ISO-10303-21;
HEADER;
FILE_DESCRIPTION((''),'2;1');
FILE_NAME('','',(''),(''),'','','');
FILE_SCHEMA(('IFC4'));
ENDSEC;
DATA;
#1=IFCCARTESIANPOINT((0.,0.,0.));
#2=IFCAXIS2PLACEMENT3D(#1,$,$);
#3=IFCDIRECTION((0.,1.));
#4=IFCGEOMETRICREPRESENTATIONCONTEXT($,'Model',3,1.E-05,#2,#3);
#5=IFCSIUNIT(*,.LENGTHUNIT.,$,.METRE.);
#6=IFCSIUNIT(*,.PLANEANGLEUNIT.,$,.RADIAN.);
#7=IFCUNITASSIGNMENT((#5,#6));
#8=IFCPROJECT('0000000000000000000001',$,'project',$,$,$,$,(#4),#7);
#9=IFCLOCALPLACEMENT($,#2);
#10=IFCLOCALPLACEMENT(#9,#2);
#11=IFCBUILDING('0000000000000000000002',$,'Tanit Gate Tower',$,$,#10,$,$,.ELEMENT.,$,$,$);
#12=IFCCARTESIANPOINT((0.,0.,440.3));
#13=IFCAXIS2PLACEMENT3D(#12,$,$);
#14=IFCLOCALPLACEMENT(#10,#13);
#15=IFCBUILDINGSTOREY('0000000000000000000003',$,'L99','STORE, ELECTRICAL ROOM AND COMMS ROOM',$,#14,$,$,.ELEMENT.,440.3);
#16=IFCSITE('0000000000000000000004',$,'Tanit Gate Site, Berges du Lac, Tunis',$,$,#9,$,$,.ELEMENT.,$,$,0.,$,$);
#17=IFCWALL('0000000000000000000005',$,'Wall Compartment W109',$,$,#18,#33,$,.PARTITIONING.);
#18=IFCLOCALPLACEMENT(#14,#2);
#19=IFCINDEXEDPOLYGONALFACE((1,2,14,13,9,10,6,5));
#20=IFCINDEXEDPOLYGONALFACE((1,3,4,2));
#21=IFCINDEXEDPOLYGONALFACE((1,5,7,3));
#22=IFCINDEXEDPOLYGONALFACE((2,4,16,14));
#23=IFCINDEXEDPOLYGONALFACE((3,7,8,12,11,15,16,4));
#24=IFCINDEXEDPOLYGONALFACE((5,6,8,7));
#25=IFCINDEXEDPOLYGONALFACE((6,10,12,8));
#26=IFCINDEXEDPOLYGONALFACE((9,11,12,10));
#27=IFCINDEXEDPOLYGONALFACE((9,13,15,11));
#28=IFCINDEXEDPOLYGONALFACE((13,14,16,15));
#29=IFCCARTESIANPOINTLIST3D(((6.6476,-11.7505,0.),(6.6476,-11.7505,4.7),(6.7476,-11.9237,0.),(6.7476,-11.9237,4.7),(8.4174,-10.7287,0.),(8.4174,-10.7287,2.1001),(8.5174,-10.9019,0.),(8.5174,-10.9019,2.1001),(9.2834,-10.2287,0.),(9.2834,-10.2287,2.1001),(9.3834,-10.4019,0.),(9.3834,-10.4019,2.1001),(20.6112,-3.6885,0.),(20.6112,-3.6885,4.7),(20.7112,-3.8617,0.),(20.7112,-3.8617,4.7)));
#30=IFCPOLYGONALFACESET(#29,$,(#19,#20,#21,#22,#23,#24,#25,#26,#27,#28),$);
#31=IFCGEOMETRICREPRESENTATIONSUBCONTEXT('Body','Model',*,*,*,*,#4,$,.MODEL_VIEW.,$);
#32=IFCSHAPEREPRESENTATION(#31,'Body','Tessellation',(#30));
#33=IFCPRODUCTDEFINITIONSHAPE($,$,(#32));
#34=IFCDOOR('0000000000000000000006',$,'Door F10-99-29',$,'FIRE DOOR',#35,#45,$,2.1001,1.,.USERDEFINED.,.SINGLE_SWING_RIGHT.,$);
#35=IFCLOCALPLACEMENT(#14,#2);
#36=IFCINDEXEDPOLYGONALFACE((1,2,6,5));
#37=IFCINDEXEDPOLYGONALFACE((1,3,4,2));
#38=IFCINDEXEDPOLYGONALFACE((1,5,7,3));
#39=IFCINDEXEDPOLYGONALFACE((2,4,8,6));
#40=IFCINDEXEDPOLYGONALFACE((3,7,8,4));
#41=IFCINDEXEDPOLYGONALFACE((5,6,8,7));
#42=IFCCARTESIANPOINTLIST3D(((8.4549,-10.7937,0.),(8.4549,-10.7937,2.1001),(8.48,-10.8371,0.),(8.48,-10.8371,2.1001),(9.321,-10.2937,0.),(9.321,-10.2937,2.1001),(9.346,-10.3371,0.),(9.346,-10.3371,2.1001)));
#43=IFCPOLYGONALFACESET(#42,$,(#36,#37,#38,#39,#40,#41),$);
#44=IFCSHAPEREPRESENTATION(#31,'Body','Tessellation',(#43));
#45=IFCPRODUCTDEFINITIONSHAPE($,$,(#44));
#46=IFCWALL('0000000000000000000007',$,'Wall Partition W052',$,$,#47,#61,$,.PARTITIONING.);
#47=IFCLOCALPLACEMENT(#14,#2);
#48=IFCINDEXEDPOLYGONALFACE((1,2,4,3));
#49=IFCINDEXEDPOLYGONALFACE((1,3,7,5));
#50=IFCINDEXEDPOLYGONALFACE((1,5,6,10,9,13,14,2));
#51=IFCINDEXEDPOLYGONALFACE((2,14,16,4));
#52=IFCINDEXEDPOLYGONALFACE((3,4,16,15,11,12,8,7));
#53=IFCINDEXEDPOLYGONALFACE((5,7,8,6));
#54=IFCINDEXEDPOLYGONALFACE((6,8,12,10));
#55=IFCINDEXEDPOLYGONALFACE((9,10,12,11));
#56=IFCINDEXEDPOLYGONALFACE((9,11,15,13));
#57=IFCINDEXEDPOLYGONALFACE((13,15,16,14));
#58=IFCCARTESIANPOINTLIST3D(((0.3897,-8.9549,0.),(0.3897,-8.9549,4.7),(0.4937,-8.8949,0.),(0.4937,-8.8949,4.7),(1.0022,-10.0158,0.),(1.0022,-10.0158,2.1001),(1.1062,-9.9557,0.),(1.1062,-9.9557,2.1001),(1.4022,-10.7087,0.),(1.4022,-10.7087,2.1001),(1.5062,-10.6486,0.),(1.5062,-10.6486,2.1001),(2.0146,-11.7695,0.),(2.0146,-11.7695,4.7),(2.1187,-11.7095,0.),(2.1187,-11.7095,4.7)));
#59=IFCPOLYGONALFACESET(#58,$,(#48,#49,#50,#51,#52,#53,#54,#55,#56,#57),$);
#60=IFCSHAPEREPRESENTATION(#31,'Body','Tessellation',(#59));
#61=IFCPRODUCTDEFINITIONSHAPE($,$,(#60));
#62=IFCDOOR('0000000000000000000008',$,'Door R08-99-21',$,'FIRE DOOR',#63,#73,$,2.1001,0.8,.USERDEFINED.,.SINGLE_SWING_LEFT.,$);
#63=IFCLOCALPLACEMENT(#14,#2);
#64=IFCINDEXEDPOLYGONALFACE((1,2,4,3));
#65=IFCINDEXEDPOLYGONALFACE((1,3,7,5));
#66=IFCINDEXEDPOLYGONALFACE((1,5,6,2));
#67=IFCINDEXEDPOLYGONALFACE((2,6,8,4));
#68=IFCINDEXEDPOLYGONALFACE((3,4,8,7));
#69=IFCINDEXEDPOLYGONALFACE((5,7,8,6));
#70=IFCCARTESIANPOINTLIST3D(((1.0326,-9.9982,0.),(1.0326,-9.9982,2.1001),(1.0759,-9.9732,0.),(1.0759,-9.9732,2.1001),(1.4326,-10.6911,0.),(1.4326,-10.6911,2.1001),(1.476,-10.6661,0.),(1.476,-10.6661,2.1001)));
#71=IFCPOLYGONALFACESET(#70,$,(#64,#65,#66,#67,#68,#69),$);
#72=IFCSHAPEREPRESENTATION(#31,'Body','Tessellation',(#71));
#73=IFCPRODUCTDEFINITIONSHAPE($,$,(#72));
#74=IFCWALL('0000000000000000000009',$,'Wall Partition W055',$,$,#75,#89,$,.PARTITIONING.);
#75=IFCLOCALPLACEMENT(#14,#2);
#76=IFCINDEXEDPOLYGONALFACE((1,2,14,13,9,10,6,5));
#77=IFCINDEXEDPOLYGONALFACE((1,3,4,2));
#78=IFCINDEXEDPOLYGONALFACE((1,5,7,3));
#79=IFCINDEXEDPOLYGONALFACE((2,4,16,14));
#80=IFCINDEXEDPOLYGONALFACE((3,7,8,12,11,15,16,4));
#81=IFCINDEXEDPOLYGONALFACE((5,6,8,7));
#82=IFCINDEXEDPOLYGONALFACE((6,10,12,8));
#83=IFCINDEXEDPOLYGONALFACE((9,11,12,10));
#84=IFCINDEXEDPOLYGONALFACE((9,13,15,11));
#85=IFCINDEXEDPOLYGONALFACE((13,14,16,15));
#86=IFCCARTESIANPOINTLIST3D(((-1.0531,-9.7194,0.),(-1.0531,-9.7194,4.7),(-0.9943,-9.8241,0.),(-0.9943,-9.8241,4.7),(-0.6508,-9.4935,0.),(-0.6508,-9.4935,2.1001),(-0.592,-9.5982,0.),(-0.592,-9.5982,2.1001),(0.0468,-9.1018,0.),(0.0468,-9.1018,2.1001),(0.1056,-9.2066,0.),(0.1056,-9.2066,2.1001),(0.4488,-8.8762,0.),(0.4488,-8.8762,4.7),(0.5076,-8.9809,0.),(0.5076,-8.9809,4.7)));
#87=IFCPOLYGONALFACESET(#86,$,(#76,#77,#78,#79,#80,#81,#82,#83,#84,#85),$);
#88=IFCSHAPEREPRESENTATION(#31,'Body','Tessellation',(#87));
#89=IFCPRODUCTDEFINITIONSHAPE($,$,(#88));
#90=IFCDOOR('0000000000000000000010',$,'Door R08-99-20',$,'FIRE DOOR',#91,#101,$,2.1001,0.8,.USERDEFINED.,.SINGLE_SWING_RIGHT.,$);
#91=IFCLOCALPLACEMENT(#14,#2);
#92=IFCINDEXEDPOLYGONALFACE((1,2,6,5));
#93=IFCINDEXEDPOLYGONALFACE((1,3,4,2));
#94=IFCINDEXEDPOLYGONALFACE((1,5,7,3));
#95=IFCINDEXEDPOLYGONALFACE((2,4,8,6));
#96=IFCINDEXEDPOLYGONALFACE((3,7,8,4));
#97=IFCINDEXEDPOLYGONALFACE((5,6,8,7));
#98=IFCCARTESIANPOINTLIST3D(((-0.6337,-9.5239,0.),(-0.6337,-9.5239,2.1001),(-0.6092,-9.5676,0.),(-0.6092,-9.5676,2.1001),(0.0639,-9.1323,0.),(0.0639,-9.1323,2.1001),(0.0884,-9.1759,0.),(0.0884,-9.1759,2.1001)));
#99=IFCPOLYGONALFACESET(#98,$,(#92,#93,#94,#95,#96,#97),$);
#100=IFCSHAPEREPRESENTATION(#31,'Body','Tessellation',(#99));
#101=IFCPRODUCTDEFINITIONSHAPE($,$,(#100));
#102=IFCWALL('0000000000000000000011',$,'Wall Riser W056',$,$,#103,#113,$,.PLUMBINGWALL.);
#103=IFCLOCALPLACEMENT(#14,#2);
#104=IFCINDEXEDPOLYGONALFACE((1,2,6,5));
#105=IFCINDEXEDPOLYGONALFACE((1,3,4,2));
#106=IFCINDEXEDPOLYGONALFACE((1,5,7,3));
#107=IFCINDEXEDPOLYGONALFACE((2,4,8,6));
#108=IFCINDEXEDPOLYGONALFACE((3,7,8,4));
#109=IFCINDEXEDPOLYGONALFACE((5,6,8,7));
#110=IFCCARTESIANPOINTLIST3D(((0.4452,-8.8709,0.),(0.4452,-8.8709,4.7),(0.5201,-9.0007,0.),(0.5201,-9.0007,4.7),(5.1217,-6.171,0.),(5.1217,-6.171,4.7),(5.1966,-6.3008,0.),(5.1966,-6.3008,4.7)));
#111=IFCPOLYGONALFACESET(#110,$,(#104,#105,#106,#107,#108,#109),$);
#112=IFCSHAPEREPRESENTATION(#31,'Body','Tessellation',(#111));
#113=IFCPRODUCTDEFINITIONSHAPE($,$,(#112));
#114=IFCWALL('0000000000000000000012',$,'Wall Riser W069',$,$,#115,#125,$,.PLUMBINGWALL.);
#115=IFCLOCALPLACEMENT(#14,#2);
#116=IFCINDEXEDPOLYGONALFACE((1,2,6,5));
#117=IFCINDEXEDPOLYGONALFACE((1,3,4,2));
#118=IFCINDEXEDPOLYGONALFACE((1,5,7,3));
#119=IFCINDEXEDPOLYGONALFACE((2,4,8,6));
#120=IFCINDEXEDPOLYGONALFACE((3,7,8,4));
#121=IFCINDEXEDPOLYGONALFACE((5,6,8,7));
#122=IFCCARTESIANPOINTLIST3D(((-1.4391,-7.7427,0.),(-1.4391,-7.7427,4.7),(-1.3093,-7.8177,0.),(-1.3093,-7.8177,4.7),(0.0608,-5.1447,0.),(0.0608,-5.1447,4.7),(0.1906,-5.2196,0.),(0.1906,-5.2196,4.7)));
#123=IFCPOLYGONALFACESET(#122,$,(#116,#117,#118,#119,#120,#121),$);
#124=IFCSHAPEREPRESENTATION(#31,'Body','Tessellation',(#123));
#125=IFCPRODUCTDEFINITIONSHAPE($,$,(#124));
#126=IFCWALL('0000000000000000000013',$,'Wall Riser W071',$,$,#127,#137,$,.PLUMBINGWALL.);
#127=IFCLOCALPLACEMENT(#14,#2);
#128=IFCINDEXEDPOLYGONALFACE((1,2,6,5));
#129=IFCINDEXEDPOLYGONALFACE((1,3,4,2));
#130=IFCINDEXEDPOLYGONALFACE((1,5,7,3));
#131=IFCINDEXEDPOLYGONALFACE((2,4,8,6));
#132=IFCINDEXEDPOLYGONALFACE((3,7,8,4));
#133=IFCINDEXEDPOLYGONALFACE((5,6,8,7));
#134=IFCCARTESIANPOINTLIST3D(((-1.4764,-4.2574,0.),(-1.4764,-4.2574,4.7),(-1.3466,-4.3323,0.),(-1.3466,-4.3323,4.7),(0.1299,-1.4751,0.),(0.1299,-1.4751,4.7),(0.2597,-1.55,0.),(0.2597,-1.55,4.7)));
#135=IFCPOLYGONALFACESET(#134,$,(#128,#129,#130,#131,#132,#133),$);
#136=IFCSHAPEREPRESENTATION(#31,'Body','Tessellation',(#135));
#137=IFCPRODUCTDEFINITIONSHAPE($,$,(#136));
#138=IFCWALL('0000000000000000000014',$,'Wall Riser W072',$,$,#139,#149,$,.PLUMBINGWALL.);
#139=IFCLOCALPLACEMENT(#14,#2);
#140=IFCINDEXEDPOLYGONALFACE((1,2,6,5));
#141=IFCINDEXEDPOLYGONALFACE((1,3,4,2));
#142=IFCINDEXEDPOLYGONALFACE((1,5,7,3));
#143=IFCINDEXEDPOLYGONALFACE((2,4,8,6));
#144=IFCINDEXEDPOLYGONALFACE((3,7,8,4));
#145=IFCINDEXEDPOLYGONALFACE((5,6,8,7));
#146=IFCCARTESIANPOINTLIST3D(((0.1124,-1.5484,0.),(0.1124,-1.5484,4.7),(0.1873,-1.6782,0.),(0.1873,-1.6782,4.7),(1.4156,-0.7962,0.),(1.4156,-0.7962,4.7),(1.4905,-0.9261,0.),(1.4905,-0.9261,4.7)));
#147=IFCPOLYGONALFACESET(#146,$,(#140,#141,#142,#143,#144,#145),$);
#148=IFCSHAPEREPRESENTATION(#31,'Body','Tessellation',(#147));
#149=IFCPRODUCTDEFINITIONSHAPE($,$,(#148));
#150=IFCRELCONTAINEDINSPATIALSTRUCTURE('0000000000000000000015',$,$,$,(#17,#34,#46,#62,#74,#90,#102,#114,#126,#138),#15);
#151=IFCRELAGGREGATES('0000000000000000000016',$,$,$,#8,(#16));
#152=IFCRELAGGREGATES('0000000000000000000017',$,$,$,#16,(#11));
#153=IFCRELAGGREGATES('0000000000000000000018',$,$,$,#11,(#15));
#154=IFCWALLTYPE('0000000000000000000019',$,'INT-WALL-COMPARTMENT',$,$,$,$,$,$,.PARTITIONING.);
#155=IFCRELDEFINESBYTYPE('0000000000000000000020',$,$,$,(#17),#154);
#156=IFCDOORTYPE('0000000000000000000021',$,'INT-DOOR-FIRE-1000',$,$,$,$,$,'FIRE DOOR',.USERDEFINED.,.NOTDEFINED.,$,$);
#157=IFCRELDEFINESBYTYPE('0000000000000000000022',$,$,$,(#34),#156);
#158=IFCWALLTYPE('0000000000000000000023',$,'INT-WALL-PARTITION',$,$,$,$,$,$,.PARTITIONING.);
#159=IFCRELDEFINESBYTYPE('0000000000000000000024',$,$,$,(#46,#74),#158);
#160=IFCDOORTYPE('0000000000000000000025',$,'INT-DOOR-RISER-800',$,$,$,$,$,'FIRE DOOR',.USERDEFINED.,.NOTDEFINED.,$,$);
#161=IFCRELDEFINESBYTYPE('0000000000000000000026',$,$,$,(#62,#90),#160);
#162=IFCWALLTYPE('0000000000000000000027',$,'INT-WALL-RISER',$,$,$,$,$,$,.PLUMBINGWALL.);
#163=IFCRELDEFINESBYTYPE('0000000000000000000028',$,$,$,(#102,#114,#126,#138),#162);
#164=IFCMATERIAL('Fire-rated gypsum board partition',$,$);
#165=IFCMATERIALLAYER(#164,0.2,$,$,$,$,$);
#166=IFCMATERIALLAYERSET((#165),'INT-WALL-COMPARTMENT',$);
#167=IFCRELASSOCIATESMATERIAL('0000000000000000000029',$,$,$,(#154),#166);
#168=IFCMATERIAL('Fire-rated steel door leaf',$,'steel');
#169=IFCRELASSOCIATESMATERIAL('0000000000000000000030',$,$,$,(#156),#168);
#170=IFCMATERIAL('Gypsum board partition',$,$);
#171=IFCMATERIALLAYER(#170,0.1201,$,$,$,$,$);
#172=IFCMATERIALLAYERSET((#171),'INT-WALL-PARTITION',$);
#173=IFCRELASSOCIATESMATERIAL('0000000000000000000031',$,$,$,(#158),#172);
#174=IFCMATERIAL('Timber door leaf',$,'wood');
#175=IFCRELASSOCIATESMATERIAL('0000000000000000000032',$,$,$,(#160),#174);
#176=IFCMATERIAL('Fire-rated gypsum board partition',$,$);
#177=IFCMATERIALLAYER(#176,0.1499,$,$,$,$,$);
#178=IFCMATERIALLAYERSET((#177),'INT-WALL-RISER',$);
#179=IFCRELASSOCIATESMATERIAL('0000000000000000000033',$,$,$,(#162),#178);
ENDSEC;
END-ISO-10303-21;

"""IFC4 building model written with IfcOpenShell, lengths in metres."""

from ifc_helpers import new_model, si_unit, direction, frame, frame_2d, origin, place, context, subcontext, project, spatial, rectangle, extrude, material, layer, layer_set, type_object, element, fill, save


model = new_model("IFC4")

# Units and contexts
model_context = context("Model", 3, precision=1e-05, world=origin(), true_north=direction((0.0, 1.0)))
body_context = subcontext(model_context, "Body", "Model", "MODEL_VIEW")
ifc_project = project(units=[si_unit("LENGTHUNIT", "METRE"), si_unit("PLANEANGLEUNIT", "RADIAN")], contexts=[model_context])

# Site, building, storey
site_placement = place(None, origin())
site = spatial("IfcSite", under=ifc_project, at=site_placement, Name="Tanit Gate Site, Berges du Lac, Tunis", CompositionType="ELEMENT", RefElevation=0.0)
building_placement = place(site_placement, origin())
building = spatial("IfcBuilding", under=site, at=building_placement, Name="Tanit Gate Tower", CompositionType="ELEMENT")
storey_placement = place(building_placement, frame((0.0, 0.0, 440.3)))
storey = spatial("IfcBuildingStorey", under=building, at=storey_placement, Name="L99", Description="STORE, ELECTRICAL ROOM AND COMMS ROOM", CompositionType="ELEMENT", Elevation=440.3)

# Shared definitions
ifc_material_1 = material(Name="Fire-rated gypsum board partition")
ifc_layer_1 = layer(ifc_material_1, 0.2)
ifc_layer_set_1 = layer_set([ifc_layer_1], Name="INT-WALL-COMPARTMENT")
wall_type_1 = type_object("IfcWallType", Name="INT-WALL-COMPARTMENT", PredefinedType="PARTITIONING", material=ifc_layer_set_1)

# Walls, openings, doors
wall_1_placement = place(storey_placement, frame((6.6975, -11.8372, 0.0), z_axis=(0.0, 0.0, 1.0), x_axis=(0.866022, 0.500005, 0.0)))
wall_1 = element("IfcWall", 1, at=wall_1_placement, inside=storey, type_object=wall_type_1, Name="Wall Compartment W109", PredefinedType="PARTITIONING", context=body_context, shape_type="SweptSolid", body=[
    extrude(rectangle(XDim=16.1238, YDim=0.2, at=frame_2d((8.062, 0.0))), origin(), (0.0, 0.0, 1.0), 4.7),
])
opening_1_placement = place(wall_1_placement, frame((2.0437, 0.0, 0.0)))
opening_1 = element("IfcOpeningElement", 2, at=opening_1_placement, cuts=wall_1, PredefinedType="OPENING", context=body_context, shape_type="SweptSolid", body=[
    extrude(rectangle(XDim=1.0, YDim=2.1001, at=frame_2d((0.5, 1.05))), frame((0.0, 0.1099, 0.0), z_axis=(0.0, -1.0, 0.0), x_axis=(1.0, 0.0, 0.0)), (0.0, 0.0, 1.0), 0.22),
])
ifc_material_2 = material(Name="Fire-rated steel door leaf", Category="steel")
door_type_1 = type_object("IfcDoorType", Name="INT-DOOR-FIRE-1000", ElementType="FIRE DOOR", OperationType="NOTDEFINED", PredefinedType="USERDEFINED", material=ifc_material_2)
door_1_placement = place(opening_1_placement, origin())
door_1 = element("IfcDoor", 3, at=door_1_placement, inside=storey, type_object=door_type_1, Name="Door F10-99-29", ObjectType="FIRE DOOR", OperationType="SINGLE_SWING_RIGHT", OverallHeight=2.1001, OverallWidth=1.0, PredefinedType="USERDEFINED", context=body_context, shape_type="SweptSolid", body=[
    extrude(rectangle(XDim=1.0, YDim=2.1001, at=frame_2d((0.5, 1.05))), frame((0.0, 0.0249, 0.0), z_axis=(0.0, -1.0, 0.0), x_axis=(1.0, 0.0, 0.0)), (0.0, 0.0, 1.0), 0.05),
])
fill(opening_1, door_1)
ifc_material_3 = material(Name="Gypsum board partition")
ifc_layer_2 = layer(ifc_material_3, 0.1201)
ifc_layer_set_2 = layer_set([ifc_layer_2], Name="INT-WALL-PARTITION")
wall_type_2 = type_object("IfcWallType", Name="INT-WALL-PARTITION", PredefinedType="PARTITIONING", material=ifc_layer_set_2)
wall_2_placement = place(storey_placement, frame((2.0667, -11.7395, 0.0), z_axis=(0.0, 0.0, 1.0), x_axis=(-0.499985, 0.866034, 0.0)))
wall_2 = element("IfcWall", 4, at=wall_2_placement, inside=storey, type_object=wall_type_2, Name="Wall Partition W052", PredefinedType="PARTITIONING", context=body_context, shape_type="SweptSolid", body=[
    extrude(rectangle(XDim=3.25, YDim=0.1201, at=frame_2d((1.625, 0.0))), origin(), (0.0, 0.0, 1.0), 4.7),
])
opening_2_placement = place(wall_2_placement, frame((1.2251, 0.0, 0.0)))
opening_2 = element("IfcOpeningElement", 5, at=opening_2_placement, cuts=wall_2, PredefinedType="OPENING", context=body_context, shape_type="SweptSolid", body=[
    extrude(rectangle(XDim=0.8, YDim=2.1001, at=frame_2d((0.3999, 1.05))), frame((0.0, 0.0701, 0.0), z_axis=(0.0, -1.0, 0.0), x_axis=(1.0, 0.0, 0.0)), (0.0, 0.0, 1.0), 0.1401),
])
ifc_material_4 = material(Name="Timber door leaf", Category="wood")
door_type_2 = type_object("IfcDoorType", Name="INT-DOOR-RISER-800", ElementType="FIRE DOOR", OperationType="NOTDEFINED", PredefinedType="USERDEFINED", material=ifc_material_4)
door_2_placement = place(opening_2_placement, origin())
door_2 = element("IfcDoor", 6, at=door_2_placement, inside=storey, type_object=door_type_2, Name="Door R08-99-21", ObjectType="FIRE DOOR", OperationType="SINGLE_SWING_LEFT", OverallHeight=2.1001, OverallWidth=0.8, PredefinedType="USERDEFINED", context=body_context, shape_type="SweptSolid", body=[
    extrude(rectangle(XDim=0.8, YDim=2.1001, at=frame_2d((0.3999, 1.05))), frame((0.0, 0.0249, 0.0), z_axis=(0.0, -1.0, 0.0), x_axis=(1.0, 0.0, 0.0)), (0.0, 0.0, 1.0), 0.05),
])
fill(opening_2, door_2)
wall_3_placement = place(storey_placement, frame((0.4783, -8.9285, 0.0), z_axis=(0.0, 0.0, 1.0), x_axis=(-0.871969, -0.489561, 0.0)))
wall_3 = element("IfcWall", 7, at=wall_3_placement, inside=storey, type_object=wall_type_2, Name="Wall Partition W055", PredefinedType="PARTITIONING", context=body_context, shape_type="SweptSolid", body=[
    extrude(rectangle(XDim=1.7224, YDim=0.1201, at=frame_2d((0.8613, 0.0))), origin(), (0.0, 0.0, 1.0), 4.7),
])
opening_3_placement = place(wall_3_placement, frame((0.4612, 0.0, 0.0)))
opening_3 = element("IfcOpeningElement", 8, at=opening_3_placement, cuts=wall_3, PredefinedType="OPENING", context=body_context, shape_type="SweptSolid", body=[
    extrude(rectangle(XDim=0.8, YDim=2.1001, at=frame_2d((0.3999, 1.05))), frame((0.0, 0.0701, 0.0), z_axis=(0.0, -1.0, 0.0), x_axis=(1.0, 0.0, 0.0)), (0.0, 0.0, 1.0), 0.1401),
])
door_3_placement = place(opening_3_placement, origin())
door_3 = element("IfcDoor", 9, at=door_3_placement, inside=storey, type_object=door_type_2, Name="Door R08-99-20", ObjectType="FIRE DOOR", OperationType="SINGLE_SWING_RIGHT", OverallHeight=2.1001, OverallWidth=0.8, PredefinedType="USERDEFINED", context=body_context, shape_type="SweptSolid", body=[
    extrude(rectangle(XDim=0.8, YDim=2.1001, at=frame_2d((0.3999, 1.05))), frame((0.0, 0.0249, 0.0), z_axis=(0.0, -1.0, 0.0), x_axis=(1.0, 0.0, 0.0)), (0.0, 0.0, 1.0), 0.05),
])
fill(opening_3, door_3)

# Walls
ifc_material_5 = material(Name="Fire-rated gypsum board partition")
ifc_layer_3 = layer(ifc_material_5, 0.1499)
ifc_layer_set_3 = layer_set([ifc_layer_3], Name="INT-WALL-RISER")
wall_type_3 = type_object("IfcWallType", Name="INT-WALL-RISER", PredefinedType="PLUMBINGWALL", material=ifc_layer_set_3)
wall_4_placement = place(storey_placement, frame((0.4827, -8.9358, 0.0), z_axis=(0.0, 0.0, 1.0), x_axis=(0.866028, 0.499995, 0.0)))
element("IfcWall", 10, at=wall_4_placement, inside=storey, type_object=wall_type_3, Name="Wall Riser W056", PredefinedType="PLUMBINGWALL", context=body_context, shape_type="SweptSolid", body=[
    extrude(rectangle(XDim=5.3999, YDim=0.1499, at=frame_2d((2.7, 0.0))), origin(), (0.0, 0.0, 1.0), 4.7),
])
wall_5_placement = place(storey_placement, frame((0.1257, -5.1821, 0.0), z_axis=(0.0, 0.0, 1.0), x_axis=(-0.49999, -0.866031, 0.0)))
element("IfcWall", 11, at=wall_5_placement, inside=storey, type_object=wall_type_3, Name="Wall Riser W069", PredefinedType="PLUMBINGWALL", context=body_context, shape_type="SweptSolid", body=[
    extrude(rectangle(XDim=3.0, YDim=0.1499, at=frame_2d((1.5, 0.0))), origin(), (0.0, 0.0, 1.0), 4.7),
])
wall_6_placement = place(storey_placement, frame((0.1948, -1.5125, 0.0), z_axis=(0.0, 0.0, 1.0), x_axis=(-0.499972, -0.866041, 0.0)))
element("IfcWall", 12, at=wall_6_placement, inside=storey, type_object=wall_type_3, Name="Wall Riser W071", PredefinedType="PLUMBINGWALL", context=body_context, shape_type="SweptSolid", body=[
    extrude(rectangle(XDim=3.2126, YDim=0.1499, at=frame_2d((1.6064, 0.0))), origin(), (0.0, 0.0, 1.0), 4.7),
])
wall_7_placement = place(storey_placement, frame((1.4531, -0.8611, 0.0), z_axis=(0.0, 0.0, 1.0), x_axis=(-0.866088, -0.499891, 0.0)))
element("IfcWall", 13, at=wall_7_placement, inside=storey, type_object=wall_type_3, Name="Wall Riser W072", PredefinedType="PLUMBINGWALL", context=body_context, shape_type="SweptSolid", body=[
    extrude(rectangle(XDim=1.5046, YDim=0.1499, at=frame_2d((0.7524, 0.0))), origin(), (0.0, 0.0, 1.0), 4.7),
])

save(model, "model.ifc")
